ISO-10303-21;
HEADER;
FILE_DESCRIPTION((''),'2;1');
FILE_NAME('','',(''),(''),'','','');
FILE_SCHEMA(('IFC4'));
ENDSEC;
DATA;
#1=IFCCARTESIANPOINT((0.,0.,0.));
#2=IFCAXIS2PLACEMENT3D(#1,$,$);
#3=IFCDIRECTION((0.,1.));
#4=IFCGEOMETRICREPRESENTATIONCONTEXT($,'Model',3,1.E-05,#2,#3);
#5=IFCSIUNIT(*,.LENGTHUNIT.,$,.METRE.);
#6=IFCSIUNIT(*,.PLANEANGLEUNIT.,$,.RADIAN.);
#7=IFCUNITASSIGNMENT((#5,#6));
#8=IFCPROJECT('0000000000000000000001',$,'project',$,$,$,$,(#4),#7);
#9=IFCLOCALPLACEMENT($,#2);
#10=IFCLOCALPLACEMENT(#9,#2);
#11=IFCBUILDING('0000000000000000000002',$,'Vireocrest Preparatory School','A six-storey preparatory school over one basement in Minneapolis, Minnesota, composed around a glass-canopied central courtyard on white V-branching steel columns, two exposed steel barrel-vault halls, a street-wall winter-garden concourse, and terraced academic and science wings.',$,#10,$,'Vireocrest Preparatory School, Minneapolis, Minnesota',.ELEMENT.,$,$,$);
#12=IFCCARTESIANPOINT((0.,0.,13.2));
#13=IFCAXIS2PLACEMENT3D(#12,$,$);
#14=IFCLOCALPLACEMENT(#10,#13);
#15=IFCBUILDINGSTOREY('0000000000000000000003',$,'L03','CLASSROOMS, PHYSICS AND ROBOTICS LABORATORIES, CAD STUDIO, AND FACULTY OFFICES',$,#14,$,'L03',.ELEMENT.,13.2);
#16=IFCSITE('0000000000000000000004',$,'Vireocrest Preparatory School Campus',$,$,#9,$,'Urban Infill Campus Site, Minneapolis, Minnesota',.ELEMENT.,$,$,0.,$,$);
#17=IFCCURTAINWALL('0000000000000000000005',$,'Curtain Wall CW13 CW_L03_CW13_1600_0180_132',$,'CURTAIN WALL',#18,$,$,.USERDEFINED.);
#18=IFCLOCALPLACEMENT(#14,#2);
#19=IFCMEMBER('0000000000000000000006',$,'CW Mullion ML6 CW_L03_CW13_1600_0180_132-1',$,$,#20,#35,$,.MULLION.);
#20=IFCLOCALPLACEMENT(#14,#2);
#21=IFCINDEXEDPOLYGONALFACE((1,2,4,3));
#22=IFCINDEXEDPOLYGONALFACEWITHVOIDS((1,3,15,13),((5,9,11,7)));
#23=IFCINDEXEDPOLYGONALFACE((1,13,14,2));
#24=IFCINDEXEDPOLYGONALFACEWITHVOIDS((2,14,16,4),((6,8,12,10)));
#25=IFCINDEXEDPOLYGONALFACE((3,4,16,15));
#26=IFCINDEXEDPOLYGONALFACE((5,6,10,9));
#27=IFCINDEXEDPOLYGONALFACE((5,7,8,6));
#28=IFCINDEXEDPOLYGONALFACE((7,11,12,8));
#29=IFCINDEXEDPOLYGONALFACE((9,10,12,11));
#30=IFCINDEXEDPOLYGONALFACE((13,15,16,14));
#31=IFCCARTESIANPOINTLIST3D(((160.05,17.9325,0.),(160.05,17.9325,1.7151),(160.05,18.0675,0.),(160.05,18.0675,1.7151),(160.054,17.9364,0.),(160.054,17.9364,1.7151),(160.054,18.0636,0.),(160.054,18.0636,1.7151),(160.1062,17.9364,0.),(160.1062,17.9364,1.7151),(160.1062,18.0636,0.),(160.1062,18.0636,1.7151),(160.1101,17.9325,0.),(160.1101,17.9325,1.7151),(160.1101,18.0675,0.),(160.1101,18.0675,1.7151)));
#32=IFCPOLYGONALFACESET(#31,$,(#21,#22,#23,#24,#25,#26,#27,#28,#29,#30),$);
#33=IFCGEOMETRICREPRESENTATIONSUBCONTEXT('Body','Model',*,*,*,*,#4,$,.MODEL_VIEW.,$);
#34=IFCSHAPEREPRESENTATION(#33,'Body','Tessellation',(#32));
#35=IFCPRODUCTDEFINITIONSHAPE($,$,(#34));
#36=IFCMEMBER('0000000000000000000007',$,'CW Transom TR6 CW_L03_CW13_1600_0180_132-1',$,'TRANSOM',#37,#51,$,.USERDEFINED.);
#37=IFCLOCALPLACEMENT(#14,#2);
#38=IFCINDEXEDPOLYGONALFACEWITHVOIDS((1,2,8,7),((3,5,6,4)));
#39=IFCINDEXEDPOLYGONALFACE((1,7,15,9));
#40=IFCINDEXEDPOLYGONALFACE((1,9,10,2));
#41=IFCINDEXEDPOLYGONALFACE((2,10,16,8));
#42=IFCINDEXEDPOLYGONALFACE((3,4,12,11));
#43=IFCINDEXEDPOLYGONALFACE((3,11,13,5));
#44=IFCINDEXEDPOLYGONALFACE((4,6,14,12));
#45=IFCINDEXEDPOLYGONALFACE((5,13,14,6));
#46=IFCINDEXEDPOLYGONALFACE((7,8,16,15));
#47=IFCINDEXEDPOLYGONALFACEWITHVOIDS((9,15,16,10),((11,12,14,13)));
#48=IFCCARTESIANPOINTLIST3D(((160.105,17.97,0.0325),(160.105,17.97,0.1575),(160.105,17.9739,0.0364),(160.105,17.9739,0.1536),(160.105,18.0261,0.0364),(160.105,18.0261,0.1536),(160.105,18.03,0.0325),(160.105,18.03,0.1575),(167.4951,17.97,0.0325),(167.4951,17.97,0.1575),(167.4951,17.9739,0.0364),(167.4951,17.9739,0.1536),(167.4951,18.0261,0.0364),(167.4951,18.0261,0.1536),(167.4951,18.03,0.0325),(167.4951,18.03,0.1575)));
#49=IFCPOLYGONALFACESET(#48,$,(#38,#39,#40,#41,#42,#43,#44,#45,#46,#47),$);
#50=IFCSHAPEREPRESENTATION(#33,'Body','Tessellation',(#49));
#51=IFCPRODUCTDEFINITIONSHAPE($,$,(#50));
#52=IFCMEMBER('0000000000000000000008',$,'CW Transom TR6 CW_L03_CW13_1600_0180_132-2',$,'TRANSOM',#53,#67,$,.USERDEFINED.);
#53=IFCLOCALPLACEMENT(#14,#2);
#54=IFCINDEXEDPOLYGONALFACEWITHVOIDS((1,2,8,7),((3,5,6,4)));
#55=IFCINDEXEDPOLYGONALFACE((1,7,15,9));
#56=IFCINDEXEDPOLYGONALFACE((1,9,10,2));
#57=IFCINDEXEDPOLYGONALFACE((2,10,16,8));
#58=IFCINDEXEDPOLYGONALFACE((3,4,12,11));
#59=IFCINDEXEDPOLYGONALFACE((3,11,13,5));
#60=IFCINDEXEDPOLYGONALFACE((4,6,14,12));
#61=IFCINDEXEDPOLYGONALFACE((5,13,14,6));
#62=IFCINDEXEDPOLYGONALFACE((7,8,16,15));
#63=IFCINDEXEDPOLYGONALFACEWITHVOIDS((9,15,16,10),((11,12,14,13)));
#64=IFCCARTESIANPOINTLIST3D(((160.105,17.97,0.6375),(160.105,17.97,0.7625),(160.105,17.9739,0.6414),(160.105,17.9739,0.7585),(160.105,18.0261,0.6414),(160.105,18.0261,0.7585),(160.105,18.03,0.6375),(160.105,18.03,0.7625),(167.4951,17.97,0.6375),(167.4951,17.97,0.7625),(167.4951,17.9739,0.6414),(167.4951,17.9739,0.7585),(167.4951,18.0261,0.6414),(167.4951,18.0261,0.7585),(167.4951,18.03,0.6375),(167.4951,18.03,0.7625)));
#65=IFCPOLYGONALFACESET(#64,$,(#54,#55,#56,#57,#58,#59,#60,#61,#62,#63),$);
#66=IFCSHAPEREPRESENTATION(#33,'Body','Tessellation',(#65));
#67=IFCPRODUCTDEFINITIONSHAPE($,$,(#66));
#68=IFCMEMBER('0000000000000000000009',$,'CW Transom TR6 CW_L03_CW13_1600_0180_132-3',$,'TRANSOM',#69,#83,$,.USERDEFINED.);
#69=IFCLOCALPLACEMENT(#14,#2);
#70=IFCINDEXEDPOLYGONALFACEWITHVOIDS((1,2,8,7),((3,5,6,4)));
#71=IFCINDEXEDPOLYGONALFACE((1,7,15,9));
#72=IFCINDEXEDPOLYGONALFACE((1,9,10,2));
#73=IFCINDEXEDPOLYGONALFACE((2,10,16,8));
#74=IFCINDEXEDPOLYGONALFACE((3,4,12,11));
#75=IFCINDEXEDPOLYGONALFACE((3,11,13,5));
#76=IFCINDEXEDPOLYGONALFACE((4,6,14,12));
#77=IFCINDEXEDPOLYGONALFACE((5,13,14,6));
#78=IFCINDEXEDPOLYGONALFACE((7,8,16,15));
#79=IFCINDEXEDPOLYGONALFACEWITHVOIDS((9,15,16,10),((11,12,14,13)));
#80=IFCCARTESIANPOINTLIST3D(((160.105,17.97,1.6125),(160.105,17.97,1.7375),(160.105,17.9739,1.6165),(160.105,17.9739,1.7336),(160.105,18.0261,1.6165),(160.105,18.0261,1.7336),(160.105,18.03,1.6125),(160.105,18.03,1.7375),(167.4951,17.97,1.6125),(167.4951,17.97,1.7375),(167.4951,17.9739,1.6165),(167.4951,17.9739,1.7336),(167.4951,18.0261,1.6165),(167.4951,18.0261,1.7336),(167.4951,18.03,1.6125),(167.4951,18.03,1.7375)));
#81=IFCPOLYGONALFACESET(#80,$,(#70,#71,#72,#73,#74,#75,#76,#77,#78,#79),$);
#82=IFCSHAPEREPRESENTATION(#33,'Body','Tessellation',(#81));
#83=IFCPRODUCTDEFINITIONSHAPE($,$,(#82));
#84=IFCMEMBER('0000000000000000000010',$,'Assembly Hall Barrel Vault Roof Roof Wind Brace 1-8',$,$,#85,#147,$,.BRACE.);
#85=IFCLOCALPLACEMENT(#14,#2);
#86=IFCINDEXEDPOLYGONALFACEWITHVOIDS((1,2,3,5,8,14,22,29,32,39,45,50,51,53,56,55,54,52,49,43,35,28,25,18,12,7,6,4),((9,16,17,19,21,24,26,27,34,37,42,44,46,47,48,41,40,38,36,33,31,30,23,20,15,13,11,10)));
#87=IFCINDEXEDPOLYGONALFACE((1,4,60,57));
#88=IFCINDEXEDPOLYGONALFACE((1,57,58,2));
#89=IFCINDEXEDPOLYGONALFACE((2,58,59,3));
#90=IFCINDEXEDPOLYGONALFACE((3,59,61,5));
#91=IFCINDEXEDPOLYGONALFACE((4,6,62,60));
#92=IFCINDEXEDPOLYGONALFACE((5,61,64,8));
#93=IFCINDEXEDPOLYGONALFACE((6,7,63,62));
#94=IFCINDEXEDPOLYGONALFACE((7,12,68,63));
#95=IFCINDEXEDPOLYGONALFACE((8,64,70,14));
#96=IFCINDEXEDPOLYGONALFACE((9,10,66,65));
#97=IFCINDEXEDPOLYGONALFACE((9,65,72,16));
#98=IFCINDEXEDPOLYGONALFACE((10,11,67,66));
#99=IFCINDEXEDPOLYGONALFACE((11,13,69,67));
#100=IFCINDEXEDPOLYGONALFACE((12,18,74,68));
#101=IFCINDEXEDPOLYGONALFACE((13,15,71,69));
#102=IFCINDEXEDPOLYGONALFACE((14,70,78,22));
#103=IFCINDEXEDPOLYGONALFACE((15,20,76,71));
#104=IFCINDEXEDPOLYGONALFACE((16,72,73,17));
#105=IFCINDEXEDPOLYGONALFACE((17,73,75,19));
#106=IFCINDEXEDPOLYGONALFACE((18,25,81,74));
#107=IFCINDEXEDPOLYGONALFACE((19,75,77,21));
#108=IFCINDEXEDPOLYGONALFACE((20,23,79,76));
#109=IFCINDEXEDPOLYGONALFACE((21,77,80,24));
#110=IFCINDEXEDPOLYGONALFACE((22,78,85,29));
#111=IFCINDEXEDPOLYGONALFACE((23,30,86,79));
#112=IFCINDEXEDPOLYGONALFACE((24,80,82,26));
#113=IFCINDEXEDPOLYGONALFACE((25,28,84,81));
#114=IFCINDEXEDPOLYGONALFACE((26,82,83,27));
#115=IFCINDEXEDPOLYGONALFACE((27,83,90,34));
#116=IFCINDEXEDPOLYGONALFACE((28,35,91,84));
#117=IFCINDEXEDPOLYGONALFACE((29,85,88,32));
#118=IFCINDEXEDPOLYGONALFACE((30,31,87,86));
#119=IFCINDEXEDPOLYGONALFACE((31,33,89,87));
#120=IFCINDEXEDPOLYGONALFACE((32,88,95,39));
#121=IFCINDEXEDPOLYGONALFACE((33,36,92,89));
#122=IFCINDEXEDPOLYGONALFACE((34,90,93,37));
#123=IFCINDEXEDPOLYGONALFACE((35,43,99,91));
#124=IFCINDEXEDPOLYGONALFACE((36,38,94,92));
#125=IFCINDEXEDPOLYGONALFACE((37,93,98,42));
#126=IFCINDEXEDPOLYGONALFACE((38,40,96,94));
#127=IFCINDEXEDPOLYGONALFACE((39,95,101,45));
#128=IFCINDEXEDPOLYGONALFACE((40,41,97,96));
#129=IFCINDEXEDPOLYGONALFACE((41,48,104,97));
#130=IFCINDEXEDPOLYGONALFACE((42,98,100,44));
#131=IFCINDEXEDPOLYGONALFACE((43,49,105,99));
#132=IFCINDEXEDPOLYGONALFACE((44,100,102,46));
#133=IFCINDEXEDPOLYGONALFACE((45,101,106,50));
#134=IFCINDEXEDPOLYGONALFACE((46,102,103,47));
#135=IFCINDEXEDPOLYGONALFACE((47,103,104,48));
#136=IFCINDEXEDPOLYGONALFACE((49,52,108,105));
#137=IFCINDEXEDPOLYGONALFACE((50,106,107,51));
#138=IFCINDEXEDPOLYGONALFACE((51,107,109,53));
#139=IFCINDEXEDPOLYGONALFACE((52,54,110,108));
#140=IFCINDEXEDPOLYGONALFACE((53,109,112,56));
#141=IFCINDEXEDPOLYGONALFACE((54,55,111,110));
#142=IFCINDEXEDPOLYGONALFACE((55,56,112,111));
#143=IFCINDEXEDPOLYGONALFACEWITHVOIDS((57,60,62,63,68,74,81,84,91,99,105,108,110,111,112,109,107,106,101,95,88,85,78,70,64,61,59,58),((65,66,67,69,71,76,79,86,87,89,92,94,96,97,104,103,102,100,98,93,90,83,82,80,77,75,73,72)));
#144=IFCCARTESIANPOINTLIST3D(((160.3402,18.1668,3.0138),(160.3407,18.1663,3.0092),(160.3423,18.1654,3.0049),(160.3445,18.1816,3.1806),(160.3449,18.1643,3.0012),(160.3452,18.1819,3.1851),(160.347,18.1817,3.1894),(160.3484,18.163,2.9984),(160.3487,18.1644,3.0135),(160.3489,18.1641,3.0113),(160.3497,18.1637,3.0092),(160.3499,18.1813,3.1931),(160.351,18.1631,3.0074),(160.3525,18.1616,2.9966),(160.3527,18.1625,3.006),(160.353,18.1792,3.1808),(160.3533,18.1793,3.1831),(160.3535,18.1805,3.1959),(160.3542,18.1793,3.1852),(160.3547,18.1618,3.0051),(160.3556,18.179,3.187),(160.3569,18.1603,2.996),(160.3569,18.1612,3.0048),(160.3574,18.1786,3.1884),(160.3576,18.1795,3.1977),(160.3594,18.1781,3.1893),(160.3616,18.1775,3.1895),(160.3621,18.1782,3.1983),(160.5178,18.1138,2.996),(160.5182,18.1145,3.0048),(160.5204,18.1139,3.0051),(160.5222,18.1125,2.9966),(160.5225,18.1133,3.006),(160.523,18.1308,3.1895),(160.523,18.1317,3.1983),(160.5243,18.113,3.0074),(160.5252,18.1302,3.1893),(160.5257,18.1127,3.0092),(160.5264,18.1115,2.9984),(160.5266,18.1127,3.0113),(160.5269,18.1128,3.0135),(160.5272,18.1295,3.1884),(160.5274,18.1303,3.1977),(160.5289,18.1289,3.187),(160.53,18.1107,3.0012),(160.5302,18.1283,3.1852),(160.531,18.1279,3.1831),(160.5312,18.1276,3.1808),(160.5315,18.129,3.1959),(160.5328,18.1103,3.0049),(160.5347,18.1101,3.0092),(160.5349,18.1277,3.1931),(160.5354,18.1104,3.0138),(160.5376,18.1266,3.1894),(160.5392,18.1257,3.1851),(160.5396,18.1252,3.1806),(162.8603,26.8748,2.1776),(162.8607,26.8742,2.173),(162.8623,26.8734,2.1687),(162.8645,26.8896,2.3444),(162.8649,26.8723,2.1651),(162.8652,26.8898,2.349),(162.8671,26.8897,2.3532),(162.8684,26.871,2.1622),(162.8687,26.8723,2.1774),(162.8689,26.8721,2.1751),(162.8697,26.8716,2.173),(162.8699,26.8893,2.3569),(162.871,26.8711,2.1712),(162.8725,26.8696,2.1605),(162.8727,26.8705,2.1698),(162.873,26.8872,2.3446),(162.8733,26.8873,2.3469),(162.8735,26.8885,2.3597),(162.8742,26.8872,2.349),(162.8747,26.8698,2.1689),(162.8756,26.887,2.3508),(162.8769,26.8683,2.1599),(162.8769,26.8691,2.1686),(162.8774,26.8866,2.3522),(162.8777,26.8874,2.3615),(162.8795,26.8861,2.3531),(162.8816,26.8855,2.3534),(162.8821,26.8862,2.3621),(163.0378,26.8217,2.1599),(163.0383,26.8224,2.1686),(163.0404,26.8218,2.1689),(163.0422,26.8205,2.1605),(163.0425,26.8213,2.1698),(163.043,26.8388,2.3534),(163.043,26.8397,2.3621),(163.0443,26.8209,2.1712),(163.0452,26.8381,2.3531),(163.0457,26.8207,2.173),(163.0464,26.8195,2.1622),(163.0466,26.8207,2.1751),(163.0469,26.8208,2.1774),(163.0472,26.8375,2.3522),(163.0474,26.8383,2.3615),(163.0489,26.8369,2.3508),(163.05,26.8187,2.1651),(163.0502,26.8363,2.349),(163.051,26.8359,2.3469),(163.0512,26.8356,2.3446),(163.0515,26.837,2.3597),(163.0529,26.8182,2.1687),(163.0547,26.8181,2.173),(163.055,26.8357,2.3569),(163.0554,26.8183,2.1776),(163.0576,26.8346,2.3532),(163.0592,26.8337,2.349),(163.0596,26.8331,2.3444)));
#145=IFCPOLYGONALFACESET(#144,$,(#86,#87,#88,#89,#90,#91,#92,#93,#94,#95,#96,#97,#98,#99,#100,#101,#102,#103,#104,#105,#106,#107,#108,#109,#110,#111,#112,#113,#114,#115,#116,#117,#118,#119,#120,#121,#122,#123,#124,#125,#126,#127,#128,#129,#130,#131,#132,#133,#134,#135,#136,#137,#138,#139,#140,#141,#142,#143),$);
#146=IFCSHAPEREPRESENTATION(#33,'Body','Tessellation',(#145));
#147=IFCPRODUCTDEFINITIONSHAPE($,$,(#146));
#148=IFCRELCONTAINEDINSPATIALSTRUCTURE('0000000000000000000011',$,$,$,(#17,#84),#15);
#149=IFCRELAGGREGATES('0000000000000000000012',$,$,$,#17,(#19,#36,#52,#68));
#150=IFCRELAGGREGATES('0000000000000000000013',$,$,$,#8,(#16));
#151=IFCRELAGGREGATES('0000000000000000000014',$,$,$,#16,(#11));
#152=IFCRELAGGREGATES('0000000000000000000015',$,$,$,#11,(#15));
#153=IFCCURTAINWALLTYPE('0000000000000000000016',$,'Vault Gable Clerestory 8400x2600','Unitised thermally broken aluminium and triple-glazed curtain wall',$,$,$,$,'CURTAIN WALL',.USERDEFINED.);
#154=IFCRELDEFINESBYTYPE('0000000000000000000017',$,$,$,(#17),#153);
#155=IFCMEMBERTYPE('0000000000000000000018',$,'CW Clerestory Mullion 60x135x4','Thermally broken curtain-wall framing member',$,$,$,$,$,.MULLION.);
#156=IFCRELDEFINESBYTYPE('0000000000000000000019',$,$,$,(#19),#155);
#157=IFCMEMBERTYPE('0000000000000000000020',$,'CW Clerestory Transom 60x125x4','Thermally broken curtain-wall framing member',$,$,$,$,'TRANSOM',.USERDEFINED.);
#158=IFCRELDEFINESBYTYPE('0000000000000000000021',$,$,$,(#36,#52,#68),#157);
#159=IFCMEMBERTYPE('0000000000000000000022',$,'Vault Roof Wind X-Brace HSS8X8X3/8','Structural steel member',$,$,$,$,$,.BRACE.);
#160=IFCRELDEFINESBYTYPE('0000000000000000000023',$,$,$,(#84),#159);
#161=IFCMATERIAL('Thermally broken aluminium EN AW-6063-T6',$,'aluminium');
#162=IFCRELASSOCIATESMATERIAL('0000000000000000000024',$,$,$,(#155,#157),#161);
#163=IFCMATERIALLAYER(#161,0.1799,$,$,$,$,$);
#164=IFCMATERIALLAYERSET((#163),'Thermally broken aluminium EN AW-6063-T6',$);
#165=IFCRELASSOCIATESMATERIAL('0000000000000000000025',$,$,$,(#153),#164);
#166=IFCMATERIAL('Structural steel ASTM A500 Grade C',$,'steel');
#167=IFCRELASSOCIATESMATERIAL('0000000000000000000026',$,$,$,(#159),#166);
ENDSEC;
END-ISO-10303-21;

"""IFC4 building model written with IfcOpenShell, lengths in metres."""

from ifc_helpers import new_model, si_unit, direction, frame, origin, origin_2d, place, context, subcontext, project, spatial, hollow_rectangle, extrude, material, layer, layer_set, material_profile, profile_set, type_object, element, aggregate, save


model = new_model("IFC4")

# Units and contexts
model_context = context("Model", 3, precision=1e-05, world=origin(), true_north=direction((0.0, 1.0)))
body_context = subcontext(model_context, "Body", "Model", "MODEL_VIEW")
ifc_project = project(units=[si_unit("LENGTHUNIT", "METRE"), si_unit("PLANEANGLEUNIT", "RADIAN")], contexts=[model_context])

# Site, building, storey
site_placement = place(None, origin())
site = spatial("IfcSite", under=ifc_project, at=site_placement, Name="Vireocrest Preparatory School Campus", LongName="Urban Infill Campus Site, Minneapolis, Minnesota", CompositionType="ELEMENT", RefElevation=0.0)
building_placement = place(site_placement, origin())
building = spatial("IfcBuilding", under=site, at=building_placement, Name="Vireocrest Preparatory School", Description="A six-storey preparatory school over one basement in Minneapolis, Minnesota, composed around a glass-canopied central courtyard on white V-branching steel columns, two exposed steel barrel-vault halls, a street-wall winter-garden concourse, and terraced academic and science wings.", LongName="Vireocrest Preparatory School, Minneapolis, Minnesota", CompositionType="ELEMENT")
storey_placement = place(building_placement, frame((0.0, 0.0, 13.2)))
storey = spatial("IfcBuildingStorey", under=building, at=storey_placement, Name="L03", Description="CLASSROOMS, PHYSICS AND ROBOTICS LABORATORIES, CAD STUDIO, AND FACULTY OFFICES", LongName="L03", CompositionType="ELEMENT", Elevation=13.2)

# Shared definitions
ifc_material_1 = material(Name="Structural steel ASTM A500 Grade C", Category="steel")

# Curtain wall, members
ifc_material_2 = material(Name="Thermally broken aluminium EN AW-6063-T6", Category="aluminium")
ifc_material_profile_1 = material_profile(ifc_material_2, hollow_rectangle(XDim=0.0601, YDim=0.135, WallThickness=0.0039, at=origin_2d()), Name="ALU 60x135x4")
ifc_profile_set_1 = profile_set([ifc_material_profile_1], Name="Thermally broken aluminium EN AW-6063-T6")
member_type_1 = type_object("IfcMemberType", Name="CW Clerestory Mullion 60x135x4", Description="Thermally broken curtain-wall framing member", PredefinedType="MULLION", material=ifc_profile_set_1)
ifc_layer_1 = layer(ifc_material_2, 0.1799)
ifc_layer_set_1 = layer_set([ifc_layer_1], Name="Thermally broken aluminium EN AW-6063-T6")
curtain_wall_type_1 = type_object("IfcCurtainWallType", Name="Vault Gable Clerestory 8400x2600", Description="Unitised thermally broken aluminium and triple-glazed curtain wall", ElementType="CURTAIN WALL", PredefinedType="USERDEFINED", material=ifc_layer_set_1)
curtain_wall_1_placement = place(storey_placement, origin())
curtain_wall_1 = element("IfcCurtainWall", 1, at=curtain_wall_1_placement, inside=storey, type_object=curtain_wall_type_1, Name="Curtain Wall CW13 CW_L03_CW13_1600_0180_132", ObjectType="CURTAIN WALL", PredefinedType="USERDEFINED")
member_1_placement = place(storey_placement, frame((160.0801, 18.0, 0.0), z_axis=(0.0, 0.0, 1.0), x_axis=(1.0, 0.0, 0.0)))
member_1 = element("IfcMember", 2, at=member_1_placement, type_object=member_type_1, Name="CW Mullion ML6 CW_L03_CW13_1600_0180_132-1", PredefinedType="MULLION", context=body_context, shape_type="SweptSolid", body=[
    extrude(hollow_rectangle(XDim=0.0601, YDim=0.135, WallThickness=0.0039, at=origin_2d()), origin(), (0.0, 0.0, 1.0), 1.7151),
])
ifc_material_profile_2 = material_profile(ifc_material_2, hollow_rectangle(XDim=0.0601, YDim=0.125, WallThickness=0.0039, at=origin_2d()), Name="ALU 60x125x4")
ifc_profile_set_2 = profile_set([ifc_material_profile_2], Name="Thermally broken aluminium EN AW-6063-T6")
member_type_2 = type_object("IfcMemberType", Name="CW Clerestory Transom 60x125x4", Description="Thermally broken curtain-wall framing member", ElementType="TRANSOM", PredefinedType="USERDEFINED", material=ifc_profile_set_2)
member_2_placement = place(storey_placement, frame((160.105, 18.0, 0.095), z_axis=(1.0, 0.0, 0.0), x_axis=(0.0, 1.0, 0.0)))
member_2 = element("IfcMember", 3, at=member_2_placement, type_object=member_type_2, Name="CW Transom TR6 CW_L03_CW13_1600_0180_132-1", ObjectType="TRANSOM", PredefinedType="USERDEFINED", context=body_context, shape_type="SweptSolid", body=[
    extrude(hollow_rectangle(XDim=0.0601, YDim=0.125, WallThickness=0.0039, at=origin_2d()), origin(), (0.0, 0.0, 1.0), 7.3901),
])
member_3_placement = place(storey_placement, frame((160.105, 18.0, 0.7), z_axis=(1.0, 0.0, 0.0), x_axis=(0.0, 1.0, 0.0)))
member_3 = element("IfcMember", 4, at=member_3_placement, type_object=member_type_2, Name="CW Transom TR6 CW_L03_CW13_1600_0180_132-2", ObjectType="TRANSOM", PredefinedType="USERDEFINED", context=body_context, shape_type="SweptSolid", body=[
    extrude(hollow_rectangle(XDim=0.0601, YDim=0.125, WallThickness=0.0039, at=origin_2d()), origin(), (0.0, 0.0, 1.0), 7.3901),
])
member_4_placement = place(storey_placement, frame((160.105, 18.0, 1.675), z_axis=(1.0, 0.0, 0.0), x_axis=(0.0, 1.0, 0.0)))
member_4 = element("IfcMember", 5, at=member_4_placement, type_object=member_type_2, Name="CW Transom TR6 CW_L03_CW13_1600_0180_132-3", ObjectType="TRANSOM", PredefinedType="USERDEFINED", context=body_context, shape_type="SweptSolid", body=[
    extrude(hollow_rectangle(XDim=0.0601, YDim=0.125, WallThickness=0.0039, at=origin_2d()), origin(), (0.0, 0.0, 1.0), 7.3901),
])

# Member
ifc_material_profile_3 = material_profile(ifc_material_1, hollow_rectangle(XDim=0.2031, YDim=0.2031, WallThickness=0.0088, InnerFilletRadius=0.0088, OuterFilletRadius=0.0178, at=origin_2d()), Name="HSS8X8X3/8")
ifc_profile_set_3 = profile_set([ifc_material_profile_3], Name="Structural steel ASTM A500 Grade C")
member_type_3 = type_object("IfcMemberType", Name="Vault Roof Wind X-Brace HSS8X8X3/8", Description="Structural steel member", PredefinedType="BRACE", material=ifc_profile_set_3)
member_5_placement = place(storey_placement, frame((160.4399, 18.146, 3.0972), z_axis=(0.27681, 0.956525, -0.09185), x_axis=(-0.960585, 0.277985, 0.0)))
element("IfcMember", 6, at=member_5_placement, inside=storey, type_object=member_type_3, Name="Assembly Hall Barrel Vault Roof Roof Wind Brace 1-8", PredefinedType="BRACE", context=body_context, shape_type="SweptSolid", body=[
    extrude(hollow_rectangle(XDim=0.2031, YDim=0.2031, WallThickness=0.0088, InnerFilletRadius=0.0088, OuterFilletRadius=0.0178, at=origin_2d()), origin(), (0.0, 0.0, 1.0), 9.1038),
])

aggregate(curtain_wall_1, [member_1, member_2, member_3, member_4])

save(model, "model.ifc")
